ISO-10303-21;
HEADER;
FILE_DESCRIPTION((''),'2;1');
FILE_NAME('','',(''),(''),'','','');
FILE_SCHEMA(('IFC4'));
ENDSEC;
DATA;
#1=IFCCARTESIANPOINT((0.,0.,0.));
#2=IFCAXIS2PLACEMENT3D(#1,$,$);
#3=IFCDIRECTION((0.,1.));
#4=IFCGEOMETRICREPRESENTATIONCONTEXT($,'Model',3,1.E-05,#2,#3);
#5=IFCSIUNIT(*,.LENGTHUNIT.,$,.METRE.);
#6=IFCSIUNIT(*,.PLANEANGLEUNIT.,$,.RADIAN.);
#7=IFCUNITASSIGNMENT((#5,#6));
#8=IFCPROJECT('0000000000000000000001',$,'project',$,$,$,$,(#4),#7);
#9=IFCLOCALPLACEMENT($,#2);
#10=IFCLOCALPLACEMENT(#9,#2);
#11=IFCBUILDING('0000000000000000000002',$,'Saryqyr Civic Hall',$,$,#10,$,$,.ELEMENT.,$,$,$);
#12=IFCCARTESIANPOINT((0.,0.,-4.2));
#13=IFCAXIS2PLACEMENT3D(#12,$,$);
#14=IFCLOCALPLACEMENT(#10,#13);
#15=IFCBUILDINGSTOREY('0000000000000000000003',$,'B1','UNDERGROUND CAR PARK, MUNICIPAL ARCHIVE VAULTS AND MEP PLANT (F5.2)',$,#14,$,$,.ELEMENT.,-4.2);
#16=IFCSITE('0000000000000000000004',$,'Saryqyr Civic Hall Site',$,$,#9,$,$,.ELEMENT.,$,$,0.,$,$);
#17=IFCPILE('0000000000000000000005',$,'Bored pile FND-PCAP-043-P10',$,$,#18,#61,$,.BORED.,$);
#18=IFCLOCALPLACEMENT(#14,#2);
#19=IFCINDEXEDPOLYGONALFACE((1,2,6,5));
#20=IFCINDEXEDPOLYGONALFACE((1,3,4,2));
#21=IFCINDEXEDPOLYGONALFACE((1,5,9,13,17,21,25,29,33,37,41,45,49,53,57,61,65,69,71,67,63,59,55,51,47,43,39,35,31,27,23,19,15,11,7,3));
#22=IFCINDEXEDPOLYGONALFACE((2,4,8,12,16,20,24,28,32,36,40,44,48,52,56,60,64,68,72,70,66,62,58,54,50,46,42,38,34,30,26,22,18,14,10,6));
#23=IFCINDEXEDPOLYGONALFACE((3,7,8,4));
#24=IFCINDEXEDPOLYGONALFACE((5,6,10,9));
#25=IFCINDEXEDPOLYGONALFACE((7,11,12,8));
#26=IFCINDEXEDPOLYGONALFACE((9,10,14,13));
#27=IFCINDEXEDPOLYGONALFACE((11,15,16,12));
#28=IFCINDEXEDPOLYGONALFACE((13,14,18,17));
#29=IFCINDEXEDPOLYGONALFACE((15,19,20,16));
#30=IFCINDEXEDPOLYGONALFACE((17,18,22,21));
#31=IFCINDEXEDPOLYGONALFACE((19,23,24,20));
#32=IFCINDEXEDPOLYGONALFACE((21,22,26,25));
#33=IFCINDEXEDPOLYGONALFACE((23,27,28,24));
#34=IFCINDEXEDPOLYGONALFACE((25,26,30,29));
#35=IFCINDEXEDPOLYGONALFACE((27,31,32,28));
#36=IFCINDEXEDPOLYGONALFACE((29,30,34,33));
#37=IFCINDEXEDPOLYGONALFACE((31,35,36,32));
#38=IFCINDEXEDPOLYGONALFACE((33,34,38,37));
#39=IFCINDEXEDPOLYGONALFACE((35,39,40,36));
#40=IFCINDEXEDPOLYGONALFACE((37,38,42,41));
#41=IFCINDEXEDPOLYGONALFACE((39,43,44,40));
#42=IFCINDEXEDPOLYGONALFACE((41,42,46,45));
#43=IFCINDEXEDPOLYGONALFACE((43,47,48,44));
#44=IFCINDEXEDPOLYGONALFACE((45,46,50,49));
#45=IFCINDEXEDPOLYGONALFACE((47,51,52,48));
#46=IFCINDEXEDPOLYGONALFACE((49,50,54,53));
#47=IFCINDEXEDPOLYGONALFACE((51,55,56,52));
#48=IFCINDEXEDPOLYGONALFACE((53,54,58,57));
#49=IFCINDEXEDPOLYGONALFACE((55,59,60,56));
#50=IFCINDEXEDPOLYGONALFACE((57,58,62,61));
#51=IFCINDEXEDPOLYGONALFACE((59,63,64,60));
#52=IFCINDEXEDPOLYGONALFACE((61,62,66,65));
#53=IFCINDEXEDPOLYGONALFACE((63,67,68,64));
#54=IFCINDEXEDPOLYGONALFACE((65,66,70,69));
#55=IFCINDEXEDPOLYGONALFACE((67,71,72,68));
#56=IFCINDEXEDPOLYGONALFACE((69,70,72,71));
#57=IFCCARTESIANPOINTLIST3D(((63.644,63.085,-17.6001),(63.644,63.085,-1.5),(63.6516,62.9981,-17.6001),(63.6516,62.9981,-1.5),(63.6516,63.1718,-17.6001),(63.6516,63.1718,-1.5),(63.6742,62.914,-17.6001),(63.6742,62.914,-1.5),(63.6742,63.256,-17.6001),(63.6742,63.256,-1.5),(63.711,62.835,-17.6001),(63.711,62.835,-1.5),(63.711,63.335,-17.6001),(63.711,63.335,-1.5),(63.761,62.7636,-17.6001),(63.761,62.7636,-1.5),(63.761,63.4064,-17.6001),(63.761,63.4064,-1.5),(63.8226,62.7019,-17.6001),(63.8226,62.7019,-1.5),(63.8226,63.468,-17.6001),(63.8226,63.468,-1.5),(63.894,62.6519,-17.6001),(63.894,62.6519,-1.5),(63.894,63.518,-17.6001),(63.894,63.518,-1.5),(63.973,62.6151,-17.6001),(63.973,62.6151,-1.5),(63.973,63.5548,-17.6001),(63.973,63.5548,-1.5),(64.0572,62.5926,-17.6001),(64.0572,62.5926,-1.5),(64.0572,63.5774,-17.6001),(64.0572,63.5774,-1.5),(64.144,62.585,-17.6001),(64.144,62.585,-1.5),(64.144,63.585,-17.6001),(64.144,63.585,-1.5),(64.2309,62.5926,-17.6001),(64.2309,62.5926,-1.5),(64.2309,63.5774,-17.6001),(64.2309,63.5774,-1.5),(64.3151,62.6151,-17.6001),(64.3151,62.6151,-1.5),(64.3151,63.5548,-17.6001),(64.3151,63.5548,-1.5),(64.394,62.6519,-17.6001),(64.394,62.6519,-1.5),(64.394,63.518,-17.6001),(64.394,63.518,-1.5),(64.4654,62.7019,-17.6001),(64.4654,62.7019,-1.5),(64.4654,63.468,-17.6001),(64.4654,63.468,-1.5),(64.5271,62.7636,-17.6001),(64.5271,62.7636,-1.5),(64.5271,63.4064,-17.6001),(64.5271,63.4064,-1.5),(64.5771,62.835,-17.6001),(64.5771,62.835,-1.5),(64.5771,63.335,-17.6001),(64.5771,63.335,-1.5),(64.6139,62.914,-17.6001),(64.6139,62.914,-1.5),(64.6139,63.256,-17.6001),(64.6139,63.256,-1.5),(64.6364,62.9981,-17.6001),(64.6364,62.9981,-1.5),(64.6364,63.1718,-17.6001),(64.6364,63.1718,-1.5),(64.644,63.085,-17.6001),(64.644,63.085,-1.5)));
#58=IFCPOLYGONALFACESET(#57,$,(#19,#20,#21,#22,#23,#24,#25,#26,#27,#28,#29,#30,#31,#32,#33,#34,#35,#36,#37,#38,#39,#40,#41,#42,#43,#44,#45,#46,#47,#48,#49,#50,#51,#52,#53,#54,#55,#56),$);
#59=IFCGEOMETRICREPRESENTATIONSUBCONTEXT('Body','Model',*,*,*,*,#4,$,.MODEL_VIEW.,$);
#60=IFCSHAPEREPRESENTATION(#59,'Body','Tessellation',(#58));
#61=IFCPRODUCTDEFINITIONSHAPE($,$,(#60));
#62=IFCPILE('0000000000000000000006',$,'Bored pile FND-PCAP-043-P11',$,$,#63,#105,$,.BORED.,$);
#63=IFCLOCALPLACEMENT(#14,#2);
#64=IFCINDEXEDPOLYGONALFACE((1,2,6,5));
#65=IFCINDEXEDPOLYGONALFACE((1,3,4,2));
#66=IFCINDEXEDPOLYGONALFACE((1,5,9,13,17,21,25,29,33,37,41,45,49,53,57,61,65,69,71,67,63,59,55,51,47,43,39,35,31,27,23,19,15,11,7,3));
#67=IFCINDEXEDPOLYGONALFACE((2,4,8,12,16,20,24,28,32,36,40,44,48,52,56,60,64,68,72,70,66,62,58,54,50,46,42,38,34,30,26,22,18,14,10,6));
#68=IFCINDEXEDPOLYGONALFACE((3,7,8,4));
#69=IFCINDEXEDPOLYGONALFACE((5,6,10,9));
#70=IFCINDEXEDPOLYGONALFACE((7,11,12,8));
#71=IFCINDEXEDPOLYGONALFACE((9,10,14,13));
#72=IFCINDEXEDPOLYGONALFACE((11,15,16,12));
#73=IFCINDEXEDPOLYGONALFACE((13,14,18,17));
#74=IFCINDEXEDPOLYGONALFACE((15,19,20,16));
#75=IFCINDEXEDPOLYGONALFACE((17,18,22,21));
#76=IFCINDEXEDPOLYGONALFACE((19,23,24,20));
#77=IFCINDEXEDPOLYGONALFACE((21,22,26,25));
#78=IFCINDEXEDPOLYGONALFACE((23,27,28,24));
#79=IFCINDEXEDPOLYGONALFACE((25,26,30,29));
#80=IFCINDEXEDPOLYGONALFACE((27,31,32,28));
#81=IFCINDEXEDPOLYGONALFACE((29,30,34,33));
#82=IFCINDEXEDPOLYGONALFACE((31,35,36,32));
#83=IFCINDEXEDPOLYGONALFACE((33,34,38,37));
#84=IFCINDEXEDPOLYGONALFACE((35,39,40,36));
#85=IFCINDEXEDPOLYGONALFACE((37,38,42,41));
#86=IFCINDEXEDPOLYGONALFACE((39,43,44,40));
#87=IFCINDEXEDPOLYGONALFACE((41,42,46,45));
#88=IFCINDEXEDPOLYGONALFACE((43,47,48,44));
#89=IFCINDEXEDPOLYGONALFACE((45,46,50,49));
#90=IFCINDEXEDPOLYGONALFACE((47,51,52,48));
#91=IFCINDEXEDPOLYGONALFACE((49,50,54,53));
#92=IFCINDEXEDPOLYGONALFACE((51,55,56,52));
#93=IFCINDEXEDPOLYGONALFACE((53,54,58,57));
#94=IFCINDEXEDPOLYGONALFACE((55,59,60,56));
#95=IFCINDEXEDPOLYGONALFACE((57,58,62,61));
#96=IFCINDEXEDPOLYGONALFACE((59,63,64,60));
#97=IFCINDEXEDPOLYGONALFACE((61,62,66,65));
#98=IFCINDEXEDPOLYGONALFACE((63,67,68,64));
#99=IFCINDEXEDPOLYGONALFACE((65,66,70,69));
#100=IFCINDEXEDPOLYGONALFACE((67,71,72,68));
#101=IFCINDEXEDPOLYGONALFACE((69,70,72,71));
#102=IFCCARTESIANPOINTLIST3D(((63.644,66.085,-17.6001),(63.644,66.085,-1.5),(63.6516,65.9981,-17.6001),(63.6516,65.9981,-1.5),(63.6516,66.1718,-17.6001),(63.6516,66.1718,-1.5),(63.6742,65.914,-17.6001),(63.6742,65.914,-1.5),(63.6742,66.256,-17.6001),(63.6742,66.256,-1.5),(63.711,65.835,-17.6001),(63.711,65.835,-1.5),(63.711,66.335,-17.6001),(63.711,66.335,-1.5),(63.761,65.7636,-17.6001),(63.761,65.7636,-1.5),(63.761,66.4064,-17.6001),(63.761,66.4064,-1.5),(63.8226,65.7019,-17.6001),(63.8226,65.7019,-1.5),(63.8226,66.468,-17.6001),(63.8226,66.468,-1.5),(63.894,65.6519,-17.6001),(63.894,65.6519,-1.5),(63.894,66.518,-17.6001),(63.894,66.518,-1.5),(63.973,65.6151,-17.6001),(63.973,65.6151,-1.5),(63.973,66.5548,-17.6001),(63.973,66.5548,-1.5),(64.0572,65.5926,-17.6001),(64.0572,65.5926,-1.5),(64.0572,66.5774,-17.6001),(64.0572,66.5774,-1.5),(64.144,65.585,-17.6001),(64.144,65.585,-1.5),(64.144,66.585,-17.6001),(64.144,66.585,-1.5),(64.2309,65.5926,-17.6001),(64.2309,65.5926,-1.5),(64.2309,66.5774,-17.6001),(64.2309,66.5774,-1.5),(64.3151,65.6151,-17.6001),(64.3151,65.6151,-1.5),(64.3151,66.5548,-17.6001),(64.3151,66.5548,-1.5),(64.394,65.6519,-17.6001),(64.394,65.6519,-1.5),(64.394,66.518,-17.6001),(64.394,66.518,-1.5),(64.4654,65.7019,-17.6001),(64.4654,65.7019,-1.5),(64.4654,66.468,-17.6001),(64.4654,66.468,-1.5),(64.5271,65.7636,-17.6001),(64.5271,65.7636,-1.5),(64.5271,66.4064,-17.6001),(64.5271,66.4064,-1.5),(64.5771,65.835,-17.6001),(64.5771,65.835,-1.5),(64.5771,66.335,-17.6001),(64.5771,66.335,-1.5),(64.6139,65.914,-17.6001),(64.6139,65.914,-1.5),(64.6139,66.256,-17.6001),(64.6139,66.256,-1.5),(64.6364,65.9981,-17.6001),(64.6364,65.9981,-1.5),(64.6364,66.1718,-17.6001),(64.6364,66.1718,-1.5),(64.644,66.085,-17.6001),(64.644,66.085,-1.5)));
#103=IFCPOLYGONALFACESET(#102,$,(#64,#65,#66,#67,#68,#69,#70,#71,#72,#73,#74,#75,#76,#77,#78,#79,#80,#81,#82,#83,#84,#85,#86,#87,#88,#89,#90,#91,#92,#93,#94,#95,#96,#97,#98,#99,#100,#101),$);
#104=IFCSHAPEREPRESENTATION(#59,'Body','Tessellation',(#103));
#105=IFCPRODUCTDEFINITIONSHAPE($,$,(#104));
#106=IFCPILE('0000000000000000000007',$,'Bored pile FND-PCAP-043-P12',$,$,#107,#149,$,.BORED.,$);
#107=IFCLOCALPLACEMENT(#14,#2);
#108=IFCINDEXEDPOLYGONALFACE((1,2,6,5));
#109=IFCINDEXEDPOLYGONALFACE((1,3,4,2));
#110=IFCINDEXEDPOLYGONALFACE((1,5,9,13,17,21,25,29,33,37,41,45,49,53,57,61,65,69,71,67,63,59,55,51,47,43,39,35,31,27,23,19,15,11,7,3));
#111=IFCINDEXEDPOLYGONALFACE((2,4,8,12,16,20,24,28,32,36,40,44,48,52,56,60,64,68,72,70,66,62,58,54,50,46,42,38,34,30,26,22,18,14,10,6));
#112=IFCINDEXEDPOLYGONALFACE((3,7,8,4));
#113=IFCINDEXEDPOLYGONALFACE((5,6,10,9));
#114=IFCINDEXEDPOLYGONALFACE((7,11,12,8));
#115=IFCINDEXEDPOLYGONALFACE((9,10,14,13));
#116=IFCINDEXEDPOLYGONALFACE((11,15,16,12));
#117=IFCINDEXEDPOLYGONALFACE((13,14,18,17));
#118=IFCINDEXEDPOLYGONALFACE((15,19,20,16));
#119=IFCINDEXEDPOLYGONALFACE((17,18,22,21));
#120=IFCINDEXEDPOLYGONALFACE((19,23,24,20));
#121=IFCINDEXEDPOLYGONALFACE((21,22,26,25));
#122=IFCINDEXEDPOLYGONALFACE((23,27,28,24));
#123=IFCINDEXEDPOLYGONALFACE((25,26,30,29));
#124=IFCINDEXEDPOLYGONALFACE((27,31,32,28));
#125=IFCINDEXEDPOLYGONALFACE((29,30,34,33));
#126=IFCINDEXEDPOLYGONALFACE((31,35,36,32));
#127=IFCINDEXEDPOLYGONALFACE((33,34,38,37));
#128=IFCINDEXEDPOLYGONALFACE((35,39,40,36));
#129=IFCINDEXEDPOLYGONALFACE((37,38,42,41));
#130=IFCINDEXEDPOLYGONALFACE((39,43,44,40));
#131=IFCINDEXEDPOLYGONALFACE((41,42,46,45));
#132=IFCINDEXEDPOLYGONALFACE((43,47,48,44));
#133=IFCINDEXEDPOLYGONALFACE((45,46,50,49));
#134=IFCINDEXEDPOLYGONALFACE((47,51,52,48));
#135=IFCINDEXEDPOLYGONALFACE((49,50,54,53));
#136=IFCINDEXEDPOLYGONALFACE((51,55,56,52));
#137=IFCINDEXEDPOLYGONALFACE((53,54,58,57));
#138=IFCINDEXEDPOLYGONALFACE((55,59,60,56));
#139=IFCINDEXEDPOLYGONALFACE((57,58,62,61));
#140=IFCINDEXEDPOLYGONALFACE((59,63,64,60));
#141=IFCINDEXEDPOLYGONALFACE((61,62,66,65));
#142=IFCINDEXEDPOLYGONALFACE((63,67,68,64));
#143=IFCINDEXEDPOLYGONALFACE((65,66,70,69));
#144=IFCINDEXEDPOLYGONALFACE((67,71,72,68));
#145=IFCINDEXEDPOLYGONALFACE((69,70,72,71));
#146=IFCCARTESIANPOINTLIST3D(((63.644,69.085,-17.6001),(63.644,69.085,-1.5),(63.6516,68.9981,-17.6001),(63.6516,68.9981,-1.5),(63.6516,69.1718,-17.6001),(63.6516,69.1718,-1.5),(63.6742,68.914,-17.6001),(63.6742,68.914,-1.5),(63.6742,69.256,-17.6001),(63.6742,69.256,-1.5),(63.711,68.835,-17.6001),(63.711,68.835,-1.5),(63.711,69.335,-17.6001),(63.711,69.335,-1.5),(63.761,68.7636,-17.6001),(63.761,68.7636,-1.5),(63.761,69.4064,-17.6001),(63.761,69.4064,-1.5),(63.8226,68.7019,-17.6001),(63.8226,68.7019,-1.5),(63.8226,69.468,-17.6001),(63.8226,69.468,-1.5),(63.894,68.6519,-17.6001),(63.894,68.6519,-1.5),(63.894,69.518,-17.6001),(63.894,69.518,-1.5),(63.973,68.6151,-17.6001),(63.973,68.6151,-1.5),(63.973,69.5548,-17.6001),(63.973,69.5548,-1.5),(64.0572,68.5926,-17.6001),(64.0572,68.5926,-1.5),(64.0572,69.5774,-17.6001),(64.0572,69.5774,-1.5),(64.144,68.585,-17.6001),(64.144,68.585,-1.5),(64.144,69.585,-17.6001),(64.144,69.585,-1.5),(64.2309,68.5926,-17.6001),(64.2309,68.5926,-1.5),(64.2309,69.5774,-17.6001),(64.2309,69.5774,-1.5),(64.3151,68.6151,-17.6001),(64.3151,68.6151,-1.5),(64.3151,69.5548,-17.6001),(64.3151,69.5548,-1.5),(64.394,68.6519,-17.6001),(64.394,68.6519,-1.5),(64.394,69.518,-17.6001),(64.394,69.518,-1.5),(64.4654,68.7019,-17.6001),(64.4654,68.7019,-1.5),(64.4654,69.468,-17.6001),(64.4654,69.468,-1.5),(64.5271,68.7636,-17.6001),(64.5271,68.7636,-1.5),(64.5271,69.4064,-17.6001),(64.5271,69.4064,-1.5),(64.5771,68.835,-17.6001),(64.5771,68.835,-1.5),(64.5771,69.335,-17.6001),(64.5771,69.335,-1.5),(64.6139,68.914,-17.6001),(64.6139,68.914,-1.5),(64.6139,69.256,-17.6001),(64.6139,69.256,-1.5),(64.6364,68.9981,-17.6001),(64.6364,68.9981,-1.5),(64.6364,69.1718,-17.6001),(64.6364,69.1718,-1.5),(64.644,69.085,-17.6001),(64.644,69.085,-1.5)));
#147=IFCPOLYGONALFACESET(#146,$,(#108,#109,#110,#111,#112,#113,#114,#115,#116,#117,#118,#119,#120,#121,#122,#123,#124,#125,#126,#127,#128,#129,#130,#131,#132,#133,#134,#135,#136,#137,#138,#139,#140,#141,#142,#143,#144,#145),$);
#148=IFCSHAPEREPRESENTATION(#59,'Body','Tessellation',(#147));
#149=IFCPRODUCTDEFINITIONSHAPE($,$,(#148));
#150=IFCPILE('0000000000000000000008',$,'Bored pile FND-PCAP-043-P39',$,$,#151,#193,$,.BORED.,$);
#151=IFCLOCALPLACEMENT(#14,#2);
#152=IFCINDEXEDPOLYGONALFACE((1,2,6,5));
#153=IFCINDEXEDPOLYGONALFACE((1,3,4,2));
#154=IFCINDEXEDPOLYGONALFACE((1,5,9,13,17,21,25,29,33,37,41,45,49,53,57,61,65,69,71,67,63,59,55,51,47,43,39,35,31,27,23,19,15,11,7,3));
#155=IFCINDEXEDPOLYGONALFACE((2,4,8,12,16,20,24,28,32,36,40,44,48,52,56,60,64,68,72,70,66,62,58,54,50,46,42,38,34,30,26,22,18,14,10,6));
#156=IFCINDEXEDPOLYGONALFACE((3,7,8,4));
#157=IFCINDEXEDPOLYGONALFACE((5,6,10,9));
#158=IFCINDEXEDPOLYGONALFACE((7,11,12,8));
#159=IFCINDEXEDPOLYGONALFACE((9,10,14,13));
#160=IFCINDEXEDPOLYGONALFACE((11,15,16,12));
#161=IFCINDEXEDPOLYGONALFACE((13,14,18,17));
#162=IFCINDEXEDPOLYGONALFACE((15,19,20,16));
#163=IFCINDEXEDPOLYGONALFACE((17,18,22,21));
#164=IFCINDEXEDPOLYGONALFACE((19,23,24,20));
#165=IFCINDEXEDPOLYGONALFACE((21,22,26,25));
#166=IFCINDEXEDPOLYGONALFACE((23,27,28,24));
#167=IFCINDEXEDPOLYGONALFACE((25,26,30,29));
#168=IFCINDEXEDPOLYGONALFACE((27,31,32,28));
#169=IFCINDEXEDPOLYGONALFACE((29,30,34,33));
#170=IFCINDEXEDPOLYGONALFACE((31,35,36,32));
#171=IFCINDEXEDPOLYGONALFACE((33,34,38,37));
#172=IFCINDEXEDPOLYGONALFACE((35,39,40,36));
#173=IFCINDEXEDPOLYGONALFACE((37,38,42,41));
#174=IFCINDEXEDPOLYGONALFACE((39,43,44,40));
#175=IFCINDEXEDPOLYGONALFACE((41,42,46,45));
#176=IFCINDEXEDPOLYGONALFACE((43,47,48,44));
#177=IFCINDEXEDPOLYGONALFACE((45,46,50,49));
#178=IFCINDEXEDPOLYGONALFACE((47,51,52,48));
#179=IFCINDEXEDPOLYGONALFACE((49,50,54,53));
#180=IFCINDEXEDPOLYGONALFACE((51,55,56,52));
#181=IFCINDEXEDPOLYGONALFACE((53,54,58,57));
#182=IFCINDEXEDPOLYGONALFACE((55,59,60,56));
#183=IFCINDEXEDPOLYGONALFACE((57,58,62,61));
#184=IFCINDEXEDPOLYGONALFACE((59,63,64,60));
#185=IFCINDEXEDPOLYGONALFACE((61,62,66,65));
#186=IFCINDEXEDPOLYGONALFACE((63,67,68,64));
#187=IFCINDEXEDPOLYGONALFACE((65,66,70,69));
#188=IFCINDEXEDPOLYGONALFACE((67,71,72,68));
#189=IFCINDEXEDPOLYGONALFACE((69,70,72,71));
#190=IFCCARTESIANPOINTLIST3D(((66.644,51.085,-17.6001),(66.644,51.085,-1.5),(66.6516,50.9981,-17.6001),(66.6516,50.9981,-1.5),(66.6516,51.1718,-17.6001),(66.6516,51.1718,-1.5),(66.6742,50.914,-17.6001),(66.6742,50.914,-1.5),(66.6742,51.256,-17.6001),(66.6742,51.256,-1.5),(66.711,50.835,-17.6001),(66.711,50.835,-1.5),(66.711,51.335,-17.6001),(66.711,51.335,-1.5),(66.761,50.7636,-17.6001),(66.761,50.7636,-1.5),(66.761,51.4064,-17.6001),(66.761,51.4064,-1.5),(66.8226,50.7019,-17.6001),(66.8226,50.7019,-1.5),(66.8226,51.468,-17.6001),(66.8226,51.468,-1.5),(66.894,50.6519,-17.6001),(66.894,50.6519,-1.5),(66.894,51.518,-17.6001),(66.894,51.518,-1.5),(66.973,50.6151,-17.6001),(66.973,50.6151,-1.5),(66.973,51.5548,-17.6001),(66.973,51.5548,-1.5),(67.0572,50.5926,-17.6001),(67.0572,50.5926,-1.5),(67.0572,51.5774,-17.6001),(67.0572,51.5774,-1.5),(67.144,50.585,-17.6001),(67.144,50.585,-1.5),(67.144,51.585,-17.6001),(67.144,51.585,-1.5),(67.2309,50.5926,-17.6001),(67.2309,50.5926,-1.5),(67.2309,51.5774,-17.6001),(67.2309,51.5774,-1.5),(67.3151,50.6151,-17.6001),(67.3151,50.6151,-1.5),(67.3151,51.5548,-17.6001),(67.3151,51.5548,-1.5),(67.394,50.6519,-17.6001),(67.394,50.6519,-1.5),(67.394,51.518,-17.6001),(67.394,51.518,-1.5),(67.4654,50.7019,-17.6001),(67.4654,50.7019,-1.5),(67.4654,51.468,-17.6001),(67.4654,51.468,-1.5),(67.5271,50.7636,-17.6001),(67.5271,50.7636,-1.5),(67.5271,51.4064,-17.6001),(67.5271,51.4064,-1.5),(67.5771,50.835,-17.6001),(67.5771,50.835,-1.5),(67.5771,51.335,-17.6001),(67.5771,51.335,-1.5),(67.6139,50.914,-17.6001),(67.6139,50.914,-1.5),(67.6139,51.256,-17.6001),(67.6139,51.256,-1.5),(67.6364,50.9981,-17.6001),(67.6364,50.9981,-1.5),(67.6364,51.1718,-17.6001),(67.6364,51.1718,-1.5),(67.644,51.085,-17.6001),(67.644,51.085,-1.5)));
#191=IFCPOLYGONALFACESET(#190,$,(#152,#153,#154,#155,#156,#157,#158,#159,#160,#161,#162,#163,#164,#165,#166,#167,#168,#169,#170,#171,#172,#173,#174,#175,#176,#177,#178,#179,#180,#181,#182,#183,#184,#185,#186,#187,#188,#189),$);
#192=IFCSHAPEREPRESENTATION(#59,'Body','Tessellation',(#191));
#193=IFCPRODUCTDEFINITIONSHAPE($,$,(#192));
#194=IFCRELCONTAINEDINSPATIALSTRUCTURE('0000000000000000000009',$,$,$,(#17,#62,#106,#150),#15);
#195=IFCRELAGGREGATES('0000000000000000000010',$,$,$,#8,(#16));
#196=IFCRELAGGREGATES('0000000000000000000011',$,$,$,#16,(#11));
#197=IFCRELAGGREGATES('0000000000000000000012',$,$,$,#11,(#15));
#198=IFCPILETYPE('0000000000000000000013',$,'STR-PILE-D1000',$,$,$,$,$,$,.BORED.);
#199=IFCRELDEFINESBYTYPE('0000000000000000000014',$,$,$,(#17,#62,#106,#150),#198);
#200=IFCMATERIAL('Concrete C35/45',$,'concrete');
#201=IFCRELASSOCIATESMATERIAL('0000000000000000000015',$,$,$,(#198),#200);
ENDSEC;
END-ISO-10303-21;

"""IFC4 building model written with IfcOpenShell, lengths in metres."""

from ifc_helpers import new_model, si_unit, direction, frame, origin, origin_2d, place, context, subcontext, project, spatial, circle, extrude, material, material_profile, profile_set, type_object, element, save


model = new_model("IFC4")

# Units and contexts
model_context = context("Model", 3, precision=1e-05, world=origin(), true_north=direction((0.0, 1.0)))
body_context = subcontext(model_context, "Body", "Model", "MODEL_VIEW")
ifc_project = project(units=[si_unit("LENGTHUNIT", "METRE"), si_unit("PLANEANGLEUNIT", "RADIAN")], contexts=[model_context])

# Site, building, storey
site_placement = place(None, origin())
site = spatial("IfcSite", under=ifc_project, at=site_placement, Name="Saryqyr Civic Hall Site", CompositionType="ELEMENT", RefElevation=0.0)
building_placement = place(site_placement, origin())
building = spatial("IfcBuilding", under=site, at=building_placement, Name="Saryqyr Civic Hall", CompositionType="ELEMENT")
storey_placement = place(building_placement, frame((0.0, 0.0, -4.2)))
storey = spatial("IfcBuildingStorey", under=building, at=storey_placement, Name="B1", Description="UNDERGROUND CAR PARK, MUNICIPAL ARCHIVE VAULTS AND MEP PLANT (F5.2)", CompositionType="ELEMENT", Elevation=-4.2)

# Piles
ifc_material_1 = material(Name="Concrete C35/45", Category="concrete")
ifc_material_profile_1 = material_profile(ifc_material_1, circle(Radius=0.5, at=origin_2d()), Name="BORED PILE D1000")
ifc_profile_set_1 = profile_set([ifc_material_profile_1], Name="Concrete C35/45")
pile_type = type_object("IfcPileType", Name="STR-PILE-D1000", PredefinedType="BORED", material=ifc_profile_set_1)
for number, where, z_axis, x_axis, name in (
    (1, (64.144, 63.085, -1.5), (0.0, 0.0, -1.0), (1.0, 0.0, 0.0), "Bored pile FND-PCAP-043-P10"),
    (2, (64.144, 66.085, -1.5), (0.0, 0.0, -1.0), (1.0, 0.0, 0.0), "Bored pile FND-PCAP-043-P11"),
    (3, (64.144, 69.085, -1.5), (0.0, 0.0, -1.0), (1.0, 0.0, 0.0), "Bored pile FND-PCAP-043-P12"),
    (4, (67.144, 51.085, -1.5), (0.0, 0.0, -1.0), (1.0, 0.0, 0.0), "Bored pile FND-PCAP-043-P39"),
):
    element("IfcPile", number, at=place(storey_placement, frame(where, z_axis=z_axis, x_axis=x_axis)), inside=storey, type_object=pile_type, Name=name, PredefinedType="BORED", context=body_context, shape_type="SweptSolid", body=[
        extrude(circle(Radius=0.5, at=origin_2d()), origin(), (0.0, 0.0, 1.0), 16.1001),
    ])

save(model, "model.ifc")
